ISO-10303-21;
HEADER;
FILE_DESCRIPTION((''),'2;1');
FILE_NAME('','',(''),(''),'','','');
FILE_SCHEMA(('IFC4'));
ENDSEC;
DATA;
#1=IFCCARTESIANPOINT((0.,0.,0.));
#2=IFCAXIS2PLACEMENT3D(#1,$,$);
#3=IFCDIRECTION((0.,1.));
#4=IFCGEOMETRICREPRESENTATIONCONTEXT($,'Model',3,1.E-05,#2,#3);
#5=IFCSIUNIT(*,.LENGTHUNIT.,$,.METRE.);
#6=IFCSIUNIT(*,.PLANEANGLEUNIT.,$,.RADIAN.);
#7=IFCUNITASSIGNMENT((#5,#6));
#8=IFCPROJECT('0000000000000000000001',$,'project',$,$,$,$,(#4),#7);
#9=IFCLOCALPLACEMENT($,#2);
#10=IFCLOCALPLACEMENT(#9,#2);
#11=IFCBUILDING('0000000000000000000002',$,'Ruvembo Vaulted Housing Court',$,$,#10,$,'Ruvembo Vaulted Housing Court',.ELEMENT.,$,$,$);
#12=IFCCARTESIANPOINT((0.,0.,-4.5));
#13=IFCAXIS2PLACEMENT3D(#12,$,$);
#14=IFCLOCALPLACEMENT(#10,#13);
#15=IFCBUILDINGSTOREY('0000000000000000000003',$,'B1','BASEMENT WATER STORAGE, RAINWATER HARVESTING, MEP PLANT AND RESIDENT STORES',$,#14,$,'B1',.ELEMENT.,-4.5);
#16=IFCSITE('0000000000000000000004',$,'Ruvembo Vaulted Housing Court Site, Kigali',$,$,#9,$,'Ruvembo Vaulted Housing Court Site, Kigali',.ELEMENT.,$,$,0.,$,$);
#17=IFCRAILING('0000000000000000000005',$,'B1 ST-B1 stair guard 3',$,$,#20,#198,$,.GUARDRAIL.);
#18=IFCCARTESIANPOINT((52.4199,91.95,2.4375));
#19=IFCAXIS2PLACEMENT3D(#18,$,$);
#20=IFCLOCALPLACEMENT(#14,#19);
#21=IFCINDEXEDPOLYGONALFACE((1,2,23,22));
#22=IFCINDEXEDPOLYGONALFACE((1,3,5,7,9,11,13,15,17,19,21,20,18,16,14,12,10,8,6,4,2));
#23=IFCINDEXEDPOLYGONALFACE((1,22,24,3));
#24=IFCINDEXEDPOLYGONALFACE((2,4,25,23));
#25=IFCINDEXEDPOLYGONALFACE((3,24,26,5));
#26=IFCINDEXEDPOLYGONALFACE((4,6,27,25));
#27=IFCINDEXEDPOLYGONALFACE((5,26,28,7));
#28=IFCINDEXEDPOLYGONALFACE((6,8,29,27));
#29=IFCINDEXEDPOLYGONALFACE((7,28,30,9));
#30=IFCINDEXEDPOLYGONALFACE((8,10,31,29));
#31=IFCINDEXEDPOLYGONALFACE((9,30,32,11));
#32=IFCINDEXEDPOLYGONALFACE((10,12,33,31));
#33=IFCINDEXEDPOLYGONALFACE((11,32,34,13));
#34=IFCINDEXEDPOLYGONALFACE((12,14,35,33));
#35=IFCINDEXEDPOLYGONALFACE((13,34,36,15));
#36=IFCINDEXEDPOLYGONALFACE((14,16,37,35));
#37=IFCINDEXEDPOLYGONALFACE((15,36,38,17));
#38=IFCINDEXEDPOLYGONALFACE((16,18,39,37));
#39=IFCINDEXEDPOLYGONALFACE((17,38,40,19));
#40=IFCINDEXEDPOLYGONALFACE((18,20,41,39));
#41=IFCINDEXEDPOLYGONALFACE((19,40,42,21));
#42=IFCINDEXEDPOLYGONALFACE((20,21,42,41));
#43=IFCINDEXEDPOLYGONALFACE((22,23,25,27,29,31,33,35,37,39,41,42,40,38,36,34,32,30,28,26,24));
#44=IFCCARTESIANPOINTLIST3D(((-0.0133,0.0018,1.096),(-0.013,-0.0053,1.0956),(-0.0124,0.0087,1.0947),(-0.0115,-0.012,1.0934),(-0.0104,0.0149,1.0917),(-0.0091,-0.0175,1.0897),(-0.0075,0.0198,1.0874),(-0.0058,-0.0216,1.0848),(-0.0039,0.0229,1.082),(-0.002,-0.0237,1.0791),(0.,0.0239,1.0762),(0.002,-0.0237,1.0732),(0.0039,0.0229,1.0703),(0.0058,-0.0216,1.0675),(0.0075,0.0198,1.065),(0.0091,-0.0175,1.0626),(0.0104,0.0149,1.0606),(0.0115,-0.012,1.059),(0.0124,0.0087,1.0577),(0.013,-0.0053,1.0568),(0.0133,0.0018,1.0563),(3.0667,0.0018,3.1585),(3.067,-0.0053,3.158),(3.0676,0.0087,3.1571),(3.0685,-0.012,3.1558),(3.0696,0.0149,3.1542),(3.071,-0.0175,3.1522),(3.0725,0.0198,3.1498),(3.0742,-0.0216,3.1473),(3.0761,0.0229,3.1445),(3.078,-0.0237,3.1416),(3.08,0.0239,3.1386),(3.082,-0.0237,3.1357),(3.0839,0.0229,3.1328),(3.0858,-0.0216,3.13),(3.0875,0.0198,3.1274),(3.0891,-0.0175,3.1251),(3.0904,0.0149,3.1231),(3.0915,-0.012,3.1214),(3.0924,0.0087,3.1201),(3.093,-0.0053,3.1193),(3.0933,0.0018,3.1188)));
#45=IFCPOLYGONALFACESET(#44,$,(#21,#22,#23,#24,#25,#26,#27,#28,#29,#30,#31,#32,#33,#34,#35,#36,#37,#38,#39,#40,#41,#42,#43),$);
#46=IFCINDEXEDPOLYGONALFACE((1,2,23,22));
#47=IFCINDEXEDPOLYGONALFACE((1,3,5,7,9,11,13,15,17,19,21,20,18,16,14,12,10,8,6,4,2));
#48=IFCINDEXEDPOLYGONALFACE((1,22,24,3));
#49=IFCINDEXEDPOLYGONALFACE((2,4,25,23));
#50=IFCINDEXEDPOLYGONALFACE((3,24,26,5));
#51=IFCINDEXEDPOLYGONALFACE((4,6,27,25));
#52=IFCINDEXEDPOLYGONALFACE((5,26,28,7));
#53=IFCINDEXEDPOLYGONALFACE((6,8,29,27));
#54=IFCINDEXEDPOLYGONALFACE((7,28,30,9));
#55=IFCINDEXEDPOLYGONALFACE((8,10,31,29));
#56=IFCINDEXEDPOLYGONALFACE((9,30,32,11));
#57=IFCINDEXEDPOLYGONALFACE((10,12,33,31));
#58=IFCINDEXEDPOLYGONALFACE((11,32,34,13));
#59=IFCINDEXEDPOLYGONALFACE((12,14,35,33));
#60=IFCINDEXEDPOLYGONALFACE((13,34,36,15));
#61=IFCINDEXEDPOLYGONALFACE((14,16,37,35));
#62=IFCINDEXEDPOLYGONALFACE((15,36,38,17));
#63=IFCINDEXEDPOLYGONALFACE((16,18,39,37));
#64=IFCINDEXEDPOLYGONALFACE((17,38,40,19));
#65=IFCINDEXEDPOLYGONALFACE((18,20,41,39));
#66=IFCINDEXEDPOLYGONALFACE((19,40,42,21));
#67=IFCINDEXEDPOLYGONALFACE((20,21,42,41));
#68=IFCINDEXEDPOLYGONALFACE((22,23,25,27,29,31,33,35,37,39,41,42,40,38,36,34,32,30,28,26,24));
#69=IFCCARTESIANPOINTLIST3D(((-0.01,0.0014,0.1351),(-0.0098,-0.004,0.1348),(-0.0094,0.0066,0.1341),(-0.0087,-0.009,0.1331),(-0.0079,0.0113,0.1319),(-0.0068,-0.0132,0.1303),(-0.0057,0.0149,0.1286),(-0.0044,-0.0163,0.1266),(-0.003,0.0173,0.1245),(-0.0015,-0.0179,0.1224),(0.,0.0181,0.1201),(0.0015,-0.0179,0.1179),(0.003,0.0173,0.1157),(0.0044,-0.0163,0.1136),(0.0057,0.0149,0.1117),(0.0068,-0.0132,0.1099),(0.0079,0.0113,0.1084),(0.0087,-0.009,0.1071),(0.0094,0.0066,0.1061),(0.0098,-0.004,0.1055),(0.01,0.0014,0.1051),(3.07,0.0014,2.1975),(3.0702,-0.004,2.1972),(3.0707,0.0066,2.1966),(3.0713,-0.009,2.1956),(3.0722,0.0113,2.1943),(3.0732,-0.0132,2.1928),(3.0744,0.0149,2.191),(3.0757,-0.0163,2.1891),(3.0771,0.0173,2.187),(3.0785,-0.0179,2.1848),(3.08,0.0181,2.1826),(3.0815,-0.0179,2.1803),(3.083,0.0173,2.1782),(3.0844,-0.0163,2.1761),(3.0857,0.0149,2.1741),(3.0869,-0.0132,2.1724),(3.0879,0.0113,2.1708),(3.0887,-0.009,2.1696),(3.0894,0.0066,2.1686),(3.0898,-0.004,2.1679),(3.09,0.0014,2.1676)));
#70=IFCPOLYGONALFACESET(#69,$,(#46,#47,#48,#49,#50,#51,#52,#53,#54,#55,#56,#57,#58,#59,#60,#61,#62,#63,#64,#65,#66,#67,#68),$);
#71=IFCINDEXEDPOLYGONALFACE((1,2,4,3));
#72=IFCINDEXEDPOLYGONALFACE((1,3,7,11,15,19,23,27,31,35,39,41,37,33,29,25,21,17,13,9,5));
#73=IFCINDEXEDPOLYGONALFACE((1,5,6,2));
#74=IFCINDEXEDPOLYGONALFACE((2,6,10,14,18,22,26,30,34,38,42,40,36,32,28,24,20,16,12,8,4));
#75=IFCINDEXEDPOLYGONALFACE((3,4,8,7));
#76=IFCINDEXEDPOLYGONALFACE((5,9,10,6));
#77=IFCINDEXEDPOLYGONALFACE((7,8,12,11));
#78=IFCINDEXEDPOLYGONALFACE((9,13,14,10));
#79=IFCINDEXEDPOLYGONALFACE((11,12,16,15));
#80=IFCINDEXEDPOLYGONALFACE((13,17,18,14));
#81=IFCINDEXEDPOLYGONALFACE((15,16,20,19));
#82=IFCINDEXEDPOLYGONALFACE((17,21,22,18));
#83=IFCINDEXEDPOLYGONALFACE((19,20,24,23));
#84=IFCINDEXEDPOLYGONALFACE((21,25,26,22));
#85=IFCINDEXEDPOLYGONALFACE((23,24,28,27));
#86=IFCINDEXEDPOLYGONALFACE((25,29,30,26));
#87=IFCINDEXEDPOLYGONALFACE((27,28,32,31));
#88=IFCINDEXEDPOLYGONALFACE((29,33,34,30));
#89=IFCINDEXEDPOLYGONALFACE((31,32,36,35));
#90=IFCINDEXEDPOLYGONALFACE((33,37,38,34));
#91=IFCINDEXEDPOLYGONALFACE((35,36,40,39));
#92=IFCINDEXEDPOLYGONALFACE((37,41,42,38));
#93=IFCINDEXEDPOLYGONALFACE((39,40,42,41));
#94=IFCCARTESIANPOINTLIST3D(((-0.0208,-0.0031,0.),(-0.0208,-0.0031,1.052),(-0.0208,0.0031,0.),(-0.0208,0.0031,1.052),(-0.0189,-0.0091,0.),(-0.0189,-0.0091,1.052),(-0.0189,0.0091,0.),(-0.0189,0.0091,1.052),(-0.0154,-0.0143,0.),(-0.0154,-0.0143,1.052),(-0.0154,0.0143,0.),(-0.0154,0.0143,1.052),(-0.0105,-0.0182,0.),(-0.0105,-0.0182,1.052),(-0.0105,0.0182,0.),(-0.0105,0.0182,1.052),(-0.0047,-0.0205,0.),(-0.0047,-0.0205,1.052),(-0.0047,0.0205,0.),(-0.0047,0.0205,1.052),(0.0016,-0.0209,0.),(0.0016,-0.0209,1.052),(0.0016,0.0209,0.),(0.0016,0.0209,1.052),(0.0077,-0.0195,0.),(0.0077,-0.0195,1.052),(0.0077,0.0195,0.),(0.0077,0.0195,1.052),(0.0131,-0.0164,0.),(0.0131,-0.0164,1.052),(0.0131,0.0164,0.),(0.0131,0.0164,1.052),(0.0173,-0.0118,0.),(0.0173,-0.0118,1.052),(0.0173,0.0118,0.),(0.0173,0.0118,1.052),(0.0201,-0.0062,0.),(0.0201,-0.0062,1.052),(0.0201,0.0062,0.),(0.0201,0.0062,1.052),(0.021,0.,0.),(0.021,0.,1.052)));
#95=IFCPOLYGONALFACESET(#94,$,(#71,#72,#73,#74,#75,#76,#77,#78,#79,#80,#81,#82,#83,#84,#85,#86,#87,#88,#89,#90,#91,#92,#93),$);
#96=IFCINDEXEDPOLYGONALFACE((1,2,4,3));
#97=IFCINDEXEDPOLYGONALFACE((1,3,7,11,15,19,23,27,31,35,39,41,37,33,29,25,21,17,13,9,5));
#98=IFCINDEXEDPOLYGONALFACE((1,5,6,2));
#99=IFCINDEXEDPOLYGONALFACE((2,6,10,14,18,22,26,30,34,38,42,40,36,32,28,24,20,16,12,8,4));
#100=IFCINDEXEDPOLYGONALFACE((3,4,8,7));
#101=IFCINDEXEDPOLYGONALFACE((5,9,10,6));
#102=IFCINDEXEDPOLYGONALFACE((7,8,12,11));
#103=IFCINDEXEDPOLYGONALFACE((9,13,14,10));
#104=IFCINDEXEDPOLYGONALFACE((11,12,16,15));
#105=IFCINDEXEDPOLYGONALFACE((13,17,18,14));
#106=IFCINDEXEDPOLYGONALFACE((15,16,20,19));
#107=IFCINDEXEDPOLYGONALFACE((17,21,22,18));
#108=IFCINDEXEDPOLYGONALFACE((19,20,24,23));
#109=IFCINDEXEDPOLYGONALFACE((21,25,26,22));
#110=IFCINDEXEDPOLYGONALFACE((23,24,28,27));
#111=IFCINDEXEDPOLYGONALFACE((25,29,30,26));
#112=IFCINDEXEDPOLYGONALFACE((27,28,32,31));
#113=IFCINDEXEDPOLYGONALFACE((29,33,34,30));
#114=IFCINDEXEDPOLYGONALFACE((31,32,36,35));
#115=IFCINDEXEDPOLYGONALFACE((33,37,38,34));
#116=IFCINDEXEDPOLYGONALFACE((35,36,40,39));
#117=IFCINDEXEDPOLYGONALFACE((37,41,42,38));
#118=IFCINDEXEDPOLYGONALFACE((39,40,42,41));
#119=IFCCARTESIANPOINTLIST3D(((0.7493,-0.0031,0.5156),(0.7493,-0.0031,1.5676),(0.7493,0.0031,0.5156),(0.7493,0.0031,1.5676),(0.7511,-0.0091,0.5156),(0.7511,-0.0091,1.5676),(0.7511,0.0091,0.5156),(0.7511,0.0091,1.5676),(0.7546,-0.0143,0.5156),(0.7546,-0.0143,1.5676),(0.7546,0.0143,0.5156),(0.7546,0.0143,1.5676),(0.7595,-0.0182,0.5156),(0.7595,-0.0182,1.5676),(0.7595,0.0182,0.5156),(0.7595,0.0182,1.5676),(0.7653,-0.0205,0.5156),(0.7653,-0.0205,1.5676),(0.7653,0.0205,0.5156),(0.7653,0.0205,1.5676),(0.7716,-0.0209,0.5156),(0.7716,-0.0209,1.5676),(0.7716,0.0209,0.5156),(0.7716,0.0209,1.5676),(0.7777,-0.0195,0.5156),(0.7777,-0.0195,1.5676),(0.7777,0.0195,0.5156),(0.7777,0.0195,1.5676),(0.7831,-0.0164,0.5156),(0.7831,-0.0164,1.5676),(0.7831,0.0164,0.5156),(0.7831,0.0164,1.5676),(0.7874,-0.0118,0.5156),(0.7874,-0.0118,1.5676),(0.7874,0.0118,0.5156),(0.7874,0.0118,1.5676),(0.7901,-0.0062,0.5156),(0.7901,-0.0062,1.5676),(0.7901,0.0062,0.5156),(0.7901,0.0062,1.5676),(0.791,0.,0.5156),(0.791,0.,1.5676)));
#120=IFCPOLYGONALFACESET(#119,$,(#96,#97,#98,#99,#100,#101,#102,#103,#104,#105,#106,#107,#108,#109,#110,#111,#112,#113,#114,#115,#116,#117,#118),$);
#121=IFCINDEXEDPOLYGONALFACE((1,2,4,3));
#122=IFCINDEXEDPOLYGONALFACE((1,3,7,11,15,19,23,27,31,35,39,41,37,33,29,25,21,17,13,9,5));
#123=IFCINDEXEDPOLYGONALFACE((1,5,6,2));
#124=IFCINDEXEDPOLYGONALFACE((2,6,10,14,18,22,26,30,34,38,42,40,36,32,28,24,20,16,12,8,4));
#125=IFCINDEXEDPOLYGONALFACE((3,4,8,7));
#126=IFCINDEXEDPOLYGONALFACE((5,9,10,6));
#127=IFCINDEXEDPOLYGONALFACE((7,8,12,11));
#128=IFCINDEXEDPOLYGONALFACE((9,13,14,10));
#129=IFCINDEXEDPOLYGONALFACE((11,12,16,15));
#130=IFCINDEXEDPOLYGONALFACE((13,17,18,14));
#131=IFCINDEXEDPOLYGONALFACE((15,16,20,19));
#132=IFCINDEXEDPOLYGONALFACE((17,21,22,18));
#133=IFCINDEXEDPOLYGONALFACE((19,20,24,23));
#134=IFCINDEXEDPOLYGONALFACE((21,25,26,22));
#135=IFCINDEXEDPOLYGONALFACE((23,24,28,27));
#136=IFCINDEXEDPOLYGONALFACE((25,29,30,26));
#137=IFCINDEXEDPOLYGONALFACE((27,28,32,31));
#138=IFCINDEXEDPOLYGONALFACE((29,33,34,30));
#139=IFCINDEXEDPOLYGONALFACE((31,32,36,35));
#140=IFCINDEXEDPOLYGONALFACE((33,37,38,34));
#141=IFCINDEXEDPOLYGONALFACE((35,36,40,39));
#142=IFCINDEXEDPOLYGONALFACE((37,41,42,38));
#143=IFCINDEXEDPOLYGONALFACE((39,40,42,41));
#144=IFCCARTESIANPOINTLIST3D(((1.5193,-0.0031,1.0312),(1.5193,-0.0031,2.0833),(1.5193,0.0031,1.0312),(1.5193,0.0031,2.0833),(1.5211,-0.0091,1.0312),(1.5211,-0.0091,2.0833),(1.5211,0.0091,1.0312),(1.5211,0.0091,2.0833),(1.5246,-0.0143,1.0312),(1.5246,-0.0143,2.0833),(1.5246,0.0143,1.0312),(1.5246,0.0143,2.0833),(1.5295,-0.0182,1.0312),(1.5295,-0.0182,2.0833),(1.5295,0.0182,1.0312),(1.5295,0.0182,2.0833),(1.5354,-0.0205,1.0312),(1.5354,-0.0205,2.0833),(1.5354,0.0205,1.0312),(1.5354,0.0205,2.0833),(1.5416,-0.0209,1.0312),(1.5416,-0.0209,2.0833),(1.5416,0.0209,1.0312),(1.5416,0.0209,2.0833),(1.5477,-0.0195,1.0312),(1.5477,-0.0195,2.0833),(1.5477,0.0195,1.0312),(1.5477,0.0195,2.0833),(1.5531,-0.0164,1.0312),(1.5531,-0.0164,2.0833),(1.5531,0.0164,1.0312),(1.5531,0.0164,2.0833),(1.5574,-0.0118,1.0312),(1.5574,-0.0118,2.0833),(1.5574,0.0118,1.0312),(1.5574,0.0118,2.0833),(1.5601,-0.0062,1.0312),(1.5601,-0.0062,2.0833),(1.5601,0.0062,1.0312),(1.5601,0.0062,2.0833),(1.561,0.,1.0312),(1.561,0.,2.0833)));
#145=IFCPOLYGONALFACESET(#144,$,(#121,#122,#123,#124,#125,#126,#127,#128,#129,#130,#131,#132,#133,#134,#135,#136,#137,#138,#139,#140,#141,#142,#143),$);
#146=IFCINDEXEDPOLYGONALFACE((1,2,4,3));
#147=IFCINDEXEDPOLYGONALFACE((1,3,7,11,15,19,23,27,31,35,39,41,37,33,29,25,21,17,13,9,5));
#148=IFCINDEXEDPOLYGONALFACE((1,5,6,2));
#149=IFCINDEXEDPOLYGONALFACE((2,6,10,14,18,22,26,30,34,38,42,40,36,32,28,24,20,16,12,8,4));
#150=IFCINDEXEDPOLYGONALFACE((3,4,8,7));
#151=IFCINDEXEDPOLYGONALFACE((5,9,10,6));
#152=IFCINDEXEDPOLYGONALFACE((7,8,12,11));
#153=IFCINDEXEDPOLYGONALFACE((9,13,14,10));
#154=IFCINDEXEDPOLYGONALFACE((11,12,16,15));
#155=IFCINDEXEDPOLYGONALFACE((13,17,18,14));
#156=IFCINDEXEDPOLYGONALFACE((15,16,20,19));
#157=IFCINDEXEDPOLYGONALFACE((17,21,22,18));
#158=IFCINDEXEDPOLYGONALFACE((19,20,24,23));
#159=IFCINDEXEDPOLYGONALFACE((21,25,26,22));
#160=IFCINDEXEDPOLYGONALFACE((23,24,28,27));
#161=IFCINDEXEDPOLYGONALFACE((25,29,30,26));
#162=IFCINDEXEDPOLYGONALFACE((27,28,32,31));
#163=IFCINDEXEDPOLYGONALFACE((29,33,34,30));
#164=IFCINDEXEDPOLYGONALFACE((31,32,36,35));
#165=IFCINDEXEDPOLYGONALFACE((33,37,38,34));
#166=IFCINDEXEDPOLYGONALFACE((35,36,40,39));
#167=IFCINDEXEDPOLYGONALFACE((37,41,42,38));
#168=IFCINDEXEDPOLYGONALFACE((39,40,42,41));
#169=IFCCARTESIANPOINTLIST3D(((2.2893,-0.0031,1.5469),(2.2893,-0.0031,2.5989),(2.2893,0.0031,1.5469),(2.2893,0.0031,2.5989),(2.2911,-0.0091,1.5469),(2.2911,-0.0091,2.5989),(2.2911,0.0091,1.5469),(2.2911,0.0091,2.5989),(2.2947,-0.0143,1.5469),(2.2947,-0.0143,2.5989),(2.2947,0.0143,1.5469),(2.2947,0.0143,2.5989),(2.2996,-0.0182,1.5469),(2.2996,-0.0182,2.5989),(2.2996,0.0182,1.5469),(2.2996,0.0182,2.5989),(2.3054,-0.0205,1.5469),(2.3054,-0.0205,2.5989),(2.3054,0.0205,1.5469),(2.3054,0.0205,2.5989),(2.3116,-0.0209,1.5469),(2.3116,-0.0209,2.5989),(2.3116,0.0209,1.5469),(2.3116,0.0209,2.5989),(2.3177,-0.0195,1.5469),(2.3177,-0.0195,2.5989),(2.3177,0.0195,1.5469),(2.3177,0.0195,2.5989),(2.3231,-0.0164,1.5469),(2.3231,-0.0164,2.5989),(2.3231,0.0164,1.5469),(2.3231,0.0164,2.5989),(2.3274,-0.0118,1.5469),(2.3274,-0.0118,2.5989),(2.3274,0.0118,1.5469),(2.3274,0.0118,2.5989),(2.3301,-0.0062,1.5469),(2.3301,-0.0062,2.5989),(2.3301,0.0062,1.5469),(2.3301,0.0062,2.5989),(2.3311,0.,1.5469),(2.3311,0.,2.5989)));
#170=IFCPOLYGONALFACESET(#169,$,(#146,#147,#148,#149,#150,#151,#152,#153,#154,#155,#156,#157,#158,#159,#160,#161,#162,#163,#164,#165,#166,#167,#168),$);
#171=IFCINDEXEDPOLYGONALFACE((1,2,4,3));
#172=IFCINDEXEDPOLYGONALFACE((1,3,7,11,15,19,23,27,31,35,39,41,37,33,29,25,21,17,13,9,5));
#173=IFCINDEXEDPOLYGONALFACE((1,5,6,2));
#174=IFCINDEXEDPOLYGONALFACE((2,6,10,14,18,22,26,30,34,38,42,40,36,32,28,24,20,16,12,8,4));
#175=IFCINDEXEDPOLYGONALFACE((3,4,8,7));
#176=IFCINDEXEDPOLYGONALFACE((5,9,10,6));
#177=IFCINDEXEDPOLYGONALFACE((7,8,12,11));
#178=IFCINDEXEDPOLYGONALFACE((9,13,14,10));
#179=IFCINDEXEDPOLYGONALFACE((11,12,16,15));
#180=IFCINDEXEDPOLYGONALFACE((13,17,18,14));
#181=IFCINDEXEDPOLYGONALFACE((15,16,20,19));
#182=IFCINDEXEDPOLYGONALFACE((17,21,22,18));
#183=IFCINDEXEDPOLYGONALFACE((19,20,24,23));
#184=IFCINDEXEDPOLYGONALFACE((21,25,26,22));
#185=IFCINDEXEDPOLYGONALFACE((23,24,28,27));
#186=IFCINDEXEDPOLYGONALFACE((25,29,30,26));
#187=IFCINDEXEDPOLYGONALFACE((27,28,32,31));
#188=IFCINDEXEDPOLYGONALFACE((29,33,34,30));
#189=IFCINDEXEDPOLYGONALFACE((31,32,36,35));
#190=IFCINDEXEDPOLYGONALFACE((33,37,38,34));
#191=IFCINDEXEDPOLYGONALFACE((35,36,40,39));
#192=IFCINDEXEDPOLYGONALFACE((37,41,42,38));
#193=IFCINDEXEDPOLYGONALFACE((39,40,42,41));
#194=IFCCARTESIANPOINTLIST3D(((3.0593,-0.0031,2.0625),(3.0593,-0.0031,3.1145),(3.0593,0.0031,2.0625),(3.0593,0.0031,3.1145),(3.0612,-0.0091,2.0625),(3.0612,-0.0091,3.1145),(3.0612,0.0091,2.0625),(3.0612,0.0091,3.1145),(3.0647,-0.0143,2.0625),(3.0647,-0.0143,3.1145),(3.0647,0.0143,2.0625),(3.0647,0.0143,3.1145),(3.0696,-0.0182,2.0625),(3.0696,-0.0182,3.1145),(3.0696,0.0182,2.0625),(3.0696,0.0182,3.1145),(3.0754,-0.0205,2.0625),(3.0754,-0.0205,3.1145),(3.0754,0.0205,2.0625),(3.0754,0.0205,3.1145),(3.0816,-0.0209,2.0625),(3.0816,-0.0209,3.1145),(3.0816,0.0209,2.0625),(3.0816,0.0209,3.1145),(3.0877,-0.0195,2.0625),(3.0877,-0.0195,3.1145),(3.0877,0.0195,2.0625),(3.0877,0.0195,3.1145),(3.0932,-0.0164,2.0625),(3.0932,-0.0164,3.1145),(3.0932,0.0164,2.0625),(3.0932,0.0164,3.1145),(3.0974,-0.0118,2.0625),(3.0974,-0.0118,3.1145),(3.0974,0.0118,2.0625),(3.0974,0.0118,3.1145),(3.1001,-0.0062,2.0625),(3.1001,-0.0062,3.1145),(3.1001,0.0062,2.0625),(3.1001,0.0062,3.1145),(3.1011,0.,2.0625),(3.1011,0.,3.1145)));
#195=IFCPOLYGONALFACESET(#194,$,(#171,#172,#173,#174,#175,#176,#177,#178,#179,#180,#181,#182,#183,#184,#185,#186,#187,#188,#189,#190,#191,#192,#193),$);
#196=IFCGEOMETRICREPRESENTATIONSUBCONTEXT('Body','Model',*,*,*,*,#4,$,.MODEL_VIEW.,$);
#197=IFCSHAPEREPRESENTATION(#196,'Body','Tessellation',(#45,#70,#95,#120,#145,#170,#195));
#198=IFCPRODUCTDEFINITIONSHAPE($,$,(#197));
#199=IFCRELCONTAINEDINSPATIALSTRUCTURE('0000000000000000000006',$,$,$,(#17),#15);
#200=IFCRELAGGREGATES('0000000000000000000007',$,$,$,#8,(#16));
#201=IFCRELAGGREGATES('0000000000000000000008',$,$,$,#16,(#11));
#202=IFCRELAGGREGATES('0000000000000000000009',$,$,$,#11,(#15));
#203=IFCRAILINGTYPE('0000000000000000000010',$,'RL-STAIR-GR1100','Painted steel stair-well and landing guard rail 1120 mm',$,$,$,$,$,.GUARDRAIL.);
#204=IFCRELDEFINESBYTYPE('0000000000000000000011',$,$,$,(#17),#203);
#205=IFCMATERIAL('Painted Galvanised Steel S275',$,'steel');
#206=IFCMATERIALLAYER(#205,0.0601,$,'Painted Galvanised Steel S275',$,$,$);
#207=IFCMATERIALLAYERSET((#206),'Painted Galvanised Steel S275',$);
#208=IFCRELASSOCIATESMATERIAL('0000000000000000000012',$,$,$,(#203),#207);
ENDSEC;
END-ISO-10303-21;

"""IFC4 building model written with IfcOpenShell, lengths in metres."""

from ifc_helpers import new_model, si_unit, direction, frame, origin, origin_2d, place, context, subcontext, project, spatial, circle, extrude, material, layer, layer_set, type_object, element, save


model = new_model("IFC4")

# Units and contexts
model_context = context("Model", 3, precision=1e-05, world=origin(), true_north=direction((0.0, 1.0)))
body_context = subcontext(model_context, "Body", "Model", "MODEL_VIEW")
ifc_project = project(units=[si_unit("LENGTHUNIT", "METRE"), si_unit("PLANEANGLEUNIT", "RADIAN")], contexts=[model_context])

# Site, building, storey
site_placement = place(None, origin())
site = spatial("IfcSite", under=ifc_project, at=site_placement, Name="Ruvembo Vaulted Housing Court Site, Kigali", LongName="Ruvembo Vaulted Housing Court Site, Kigali", CompositionType="ELEMENT", RefElevation=0.0)
building_placement = place(site_placement, origin())
building = spatial("IfcBuilding", under=site, at=building_placement, Name="Ruvembo Vaulted Housing Court", LongName="Ruvembo Vaulted Housing Court", CompositionType="ELEMENT")
storey_placement = place(building_placement, frame((0.0, 0.0, -4.5)))
storey = spatial("IfcBuildingStorey", under=building, at=storey_placement, Name="B1", Description="BASEMENT WATER STORAGE, RAINWATER HARVESTING, MEP PLANT AND RESIDENT STORES", LongName="B1", CompositionType="ELEMENT", Elevation=-4.5)

# Railing
ifc_material_1 = material(Name="Painted Galvanised Steel S275", Category="steel")
ifc_layer_1 = layer(ifc_material_1, 0.0601, Name="Painted Galvanised Steel S275")
ifc_layer_set_1 = layer_set([ifc_layer_1], Name="Painted Galvanised Steel S275")
railing_type_1 = type_object("IfcRailingType", Name="RL-STAIR-GR1100", Description="Painted steel stair-well and landing guard rail 1120 mm", PredefinedType="GUARDRAIL", material=ifc_layer_set_1)
railing_1_placement = place(storey_placement, frame((52.4199, 91.95, 2.4375)))
element("IfcRailing", 1, at=railing_1_placement, inside=storey, type_object=railing_type_1, Name="B1 ST-B1 stair guard 3", PredefinedType="GUARDRAIL", context=body_context, shape_type="SweptSolid", body=[
    extrude(circle(Radius=0.0239, at=origin_2d()), frame((0.0, 0.0, 1.0762), z_axis=(0.830914, 0.0, 0.556401), x_axis=(0.0, 1.0, 0.0)), (0.0, 0.0, 1.0), 3.7068),
    extrude(circle(Radius=0.0181, at=origin_2d()), frame((0.0, 0.0, 0.1201), z_axis=(0.830914, 0.0, 0.556401), x_axis=(0.0, 1.0, 0.0)), (0.0, 0.0, 1.0), 3.7068),
    extrude(circle(Radius=0.021, at=origin_2d()), origin(), (0.0, 0.0, 1.0), 1.052),
    extrude(circle(Radius=0.021, at=origin_2d()), frame((0.77, 0.0, 0.5156)), (0.0, 0.0, 1.0), 1.052),
    extrude(circle(Radius=0.021, at=origin_2d()), frame((1.54, 0.0, 1.0312)), (0.0, 0.0, 1.0), 1.052),
    extrude(circle(Radius=0.021, at=origin_2d()), frame((2.3101, 0.0, 1.5469)), (0.0, 0.0, 1.0), 1.052),
    extrude(circle(Radius=0.021, at=origin_2d()), frame((3.0801, 0.0, 2.0625)), (0.0, 0.0, 1.0), 1.052),
])

save(model, "model.ifc")
